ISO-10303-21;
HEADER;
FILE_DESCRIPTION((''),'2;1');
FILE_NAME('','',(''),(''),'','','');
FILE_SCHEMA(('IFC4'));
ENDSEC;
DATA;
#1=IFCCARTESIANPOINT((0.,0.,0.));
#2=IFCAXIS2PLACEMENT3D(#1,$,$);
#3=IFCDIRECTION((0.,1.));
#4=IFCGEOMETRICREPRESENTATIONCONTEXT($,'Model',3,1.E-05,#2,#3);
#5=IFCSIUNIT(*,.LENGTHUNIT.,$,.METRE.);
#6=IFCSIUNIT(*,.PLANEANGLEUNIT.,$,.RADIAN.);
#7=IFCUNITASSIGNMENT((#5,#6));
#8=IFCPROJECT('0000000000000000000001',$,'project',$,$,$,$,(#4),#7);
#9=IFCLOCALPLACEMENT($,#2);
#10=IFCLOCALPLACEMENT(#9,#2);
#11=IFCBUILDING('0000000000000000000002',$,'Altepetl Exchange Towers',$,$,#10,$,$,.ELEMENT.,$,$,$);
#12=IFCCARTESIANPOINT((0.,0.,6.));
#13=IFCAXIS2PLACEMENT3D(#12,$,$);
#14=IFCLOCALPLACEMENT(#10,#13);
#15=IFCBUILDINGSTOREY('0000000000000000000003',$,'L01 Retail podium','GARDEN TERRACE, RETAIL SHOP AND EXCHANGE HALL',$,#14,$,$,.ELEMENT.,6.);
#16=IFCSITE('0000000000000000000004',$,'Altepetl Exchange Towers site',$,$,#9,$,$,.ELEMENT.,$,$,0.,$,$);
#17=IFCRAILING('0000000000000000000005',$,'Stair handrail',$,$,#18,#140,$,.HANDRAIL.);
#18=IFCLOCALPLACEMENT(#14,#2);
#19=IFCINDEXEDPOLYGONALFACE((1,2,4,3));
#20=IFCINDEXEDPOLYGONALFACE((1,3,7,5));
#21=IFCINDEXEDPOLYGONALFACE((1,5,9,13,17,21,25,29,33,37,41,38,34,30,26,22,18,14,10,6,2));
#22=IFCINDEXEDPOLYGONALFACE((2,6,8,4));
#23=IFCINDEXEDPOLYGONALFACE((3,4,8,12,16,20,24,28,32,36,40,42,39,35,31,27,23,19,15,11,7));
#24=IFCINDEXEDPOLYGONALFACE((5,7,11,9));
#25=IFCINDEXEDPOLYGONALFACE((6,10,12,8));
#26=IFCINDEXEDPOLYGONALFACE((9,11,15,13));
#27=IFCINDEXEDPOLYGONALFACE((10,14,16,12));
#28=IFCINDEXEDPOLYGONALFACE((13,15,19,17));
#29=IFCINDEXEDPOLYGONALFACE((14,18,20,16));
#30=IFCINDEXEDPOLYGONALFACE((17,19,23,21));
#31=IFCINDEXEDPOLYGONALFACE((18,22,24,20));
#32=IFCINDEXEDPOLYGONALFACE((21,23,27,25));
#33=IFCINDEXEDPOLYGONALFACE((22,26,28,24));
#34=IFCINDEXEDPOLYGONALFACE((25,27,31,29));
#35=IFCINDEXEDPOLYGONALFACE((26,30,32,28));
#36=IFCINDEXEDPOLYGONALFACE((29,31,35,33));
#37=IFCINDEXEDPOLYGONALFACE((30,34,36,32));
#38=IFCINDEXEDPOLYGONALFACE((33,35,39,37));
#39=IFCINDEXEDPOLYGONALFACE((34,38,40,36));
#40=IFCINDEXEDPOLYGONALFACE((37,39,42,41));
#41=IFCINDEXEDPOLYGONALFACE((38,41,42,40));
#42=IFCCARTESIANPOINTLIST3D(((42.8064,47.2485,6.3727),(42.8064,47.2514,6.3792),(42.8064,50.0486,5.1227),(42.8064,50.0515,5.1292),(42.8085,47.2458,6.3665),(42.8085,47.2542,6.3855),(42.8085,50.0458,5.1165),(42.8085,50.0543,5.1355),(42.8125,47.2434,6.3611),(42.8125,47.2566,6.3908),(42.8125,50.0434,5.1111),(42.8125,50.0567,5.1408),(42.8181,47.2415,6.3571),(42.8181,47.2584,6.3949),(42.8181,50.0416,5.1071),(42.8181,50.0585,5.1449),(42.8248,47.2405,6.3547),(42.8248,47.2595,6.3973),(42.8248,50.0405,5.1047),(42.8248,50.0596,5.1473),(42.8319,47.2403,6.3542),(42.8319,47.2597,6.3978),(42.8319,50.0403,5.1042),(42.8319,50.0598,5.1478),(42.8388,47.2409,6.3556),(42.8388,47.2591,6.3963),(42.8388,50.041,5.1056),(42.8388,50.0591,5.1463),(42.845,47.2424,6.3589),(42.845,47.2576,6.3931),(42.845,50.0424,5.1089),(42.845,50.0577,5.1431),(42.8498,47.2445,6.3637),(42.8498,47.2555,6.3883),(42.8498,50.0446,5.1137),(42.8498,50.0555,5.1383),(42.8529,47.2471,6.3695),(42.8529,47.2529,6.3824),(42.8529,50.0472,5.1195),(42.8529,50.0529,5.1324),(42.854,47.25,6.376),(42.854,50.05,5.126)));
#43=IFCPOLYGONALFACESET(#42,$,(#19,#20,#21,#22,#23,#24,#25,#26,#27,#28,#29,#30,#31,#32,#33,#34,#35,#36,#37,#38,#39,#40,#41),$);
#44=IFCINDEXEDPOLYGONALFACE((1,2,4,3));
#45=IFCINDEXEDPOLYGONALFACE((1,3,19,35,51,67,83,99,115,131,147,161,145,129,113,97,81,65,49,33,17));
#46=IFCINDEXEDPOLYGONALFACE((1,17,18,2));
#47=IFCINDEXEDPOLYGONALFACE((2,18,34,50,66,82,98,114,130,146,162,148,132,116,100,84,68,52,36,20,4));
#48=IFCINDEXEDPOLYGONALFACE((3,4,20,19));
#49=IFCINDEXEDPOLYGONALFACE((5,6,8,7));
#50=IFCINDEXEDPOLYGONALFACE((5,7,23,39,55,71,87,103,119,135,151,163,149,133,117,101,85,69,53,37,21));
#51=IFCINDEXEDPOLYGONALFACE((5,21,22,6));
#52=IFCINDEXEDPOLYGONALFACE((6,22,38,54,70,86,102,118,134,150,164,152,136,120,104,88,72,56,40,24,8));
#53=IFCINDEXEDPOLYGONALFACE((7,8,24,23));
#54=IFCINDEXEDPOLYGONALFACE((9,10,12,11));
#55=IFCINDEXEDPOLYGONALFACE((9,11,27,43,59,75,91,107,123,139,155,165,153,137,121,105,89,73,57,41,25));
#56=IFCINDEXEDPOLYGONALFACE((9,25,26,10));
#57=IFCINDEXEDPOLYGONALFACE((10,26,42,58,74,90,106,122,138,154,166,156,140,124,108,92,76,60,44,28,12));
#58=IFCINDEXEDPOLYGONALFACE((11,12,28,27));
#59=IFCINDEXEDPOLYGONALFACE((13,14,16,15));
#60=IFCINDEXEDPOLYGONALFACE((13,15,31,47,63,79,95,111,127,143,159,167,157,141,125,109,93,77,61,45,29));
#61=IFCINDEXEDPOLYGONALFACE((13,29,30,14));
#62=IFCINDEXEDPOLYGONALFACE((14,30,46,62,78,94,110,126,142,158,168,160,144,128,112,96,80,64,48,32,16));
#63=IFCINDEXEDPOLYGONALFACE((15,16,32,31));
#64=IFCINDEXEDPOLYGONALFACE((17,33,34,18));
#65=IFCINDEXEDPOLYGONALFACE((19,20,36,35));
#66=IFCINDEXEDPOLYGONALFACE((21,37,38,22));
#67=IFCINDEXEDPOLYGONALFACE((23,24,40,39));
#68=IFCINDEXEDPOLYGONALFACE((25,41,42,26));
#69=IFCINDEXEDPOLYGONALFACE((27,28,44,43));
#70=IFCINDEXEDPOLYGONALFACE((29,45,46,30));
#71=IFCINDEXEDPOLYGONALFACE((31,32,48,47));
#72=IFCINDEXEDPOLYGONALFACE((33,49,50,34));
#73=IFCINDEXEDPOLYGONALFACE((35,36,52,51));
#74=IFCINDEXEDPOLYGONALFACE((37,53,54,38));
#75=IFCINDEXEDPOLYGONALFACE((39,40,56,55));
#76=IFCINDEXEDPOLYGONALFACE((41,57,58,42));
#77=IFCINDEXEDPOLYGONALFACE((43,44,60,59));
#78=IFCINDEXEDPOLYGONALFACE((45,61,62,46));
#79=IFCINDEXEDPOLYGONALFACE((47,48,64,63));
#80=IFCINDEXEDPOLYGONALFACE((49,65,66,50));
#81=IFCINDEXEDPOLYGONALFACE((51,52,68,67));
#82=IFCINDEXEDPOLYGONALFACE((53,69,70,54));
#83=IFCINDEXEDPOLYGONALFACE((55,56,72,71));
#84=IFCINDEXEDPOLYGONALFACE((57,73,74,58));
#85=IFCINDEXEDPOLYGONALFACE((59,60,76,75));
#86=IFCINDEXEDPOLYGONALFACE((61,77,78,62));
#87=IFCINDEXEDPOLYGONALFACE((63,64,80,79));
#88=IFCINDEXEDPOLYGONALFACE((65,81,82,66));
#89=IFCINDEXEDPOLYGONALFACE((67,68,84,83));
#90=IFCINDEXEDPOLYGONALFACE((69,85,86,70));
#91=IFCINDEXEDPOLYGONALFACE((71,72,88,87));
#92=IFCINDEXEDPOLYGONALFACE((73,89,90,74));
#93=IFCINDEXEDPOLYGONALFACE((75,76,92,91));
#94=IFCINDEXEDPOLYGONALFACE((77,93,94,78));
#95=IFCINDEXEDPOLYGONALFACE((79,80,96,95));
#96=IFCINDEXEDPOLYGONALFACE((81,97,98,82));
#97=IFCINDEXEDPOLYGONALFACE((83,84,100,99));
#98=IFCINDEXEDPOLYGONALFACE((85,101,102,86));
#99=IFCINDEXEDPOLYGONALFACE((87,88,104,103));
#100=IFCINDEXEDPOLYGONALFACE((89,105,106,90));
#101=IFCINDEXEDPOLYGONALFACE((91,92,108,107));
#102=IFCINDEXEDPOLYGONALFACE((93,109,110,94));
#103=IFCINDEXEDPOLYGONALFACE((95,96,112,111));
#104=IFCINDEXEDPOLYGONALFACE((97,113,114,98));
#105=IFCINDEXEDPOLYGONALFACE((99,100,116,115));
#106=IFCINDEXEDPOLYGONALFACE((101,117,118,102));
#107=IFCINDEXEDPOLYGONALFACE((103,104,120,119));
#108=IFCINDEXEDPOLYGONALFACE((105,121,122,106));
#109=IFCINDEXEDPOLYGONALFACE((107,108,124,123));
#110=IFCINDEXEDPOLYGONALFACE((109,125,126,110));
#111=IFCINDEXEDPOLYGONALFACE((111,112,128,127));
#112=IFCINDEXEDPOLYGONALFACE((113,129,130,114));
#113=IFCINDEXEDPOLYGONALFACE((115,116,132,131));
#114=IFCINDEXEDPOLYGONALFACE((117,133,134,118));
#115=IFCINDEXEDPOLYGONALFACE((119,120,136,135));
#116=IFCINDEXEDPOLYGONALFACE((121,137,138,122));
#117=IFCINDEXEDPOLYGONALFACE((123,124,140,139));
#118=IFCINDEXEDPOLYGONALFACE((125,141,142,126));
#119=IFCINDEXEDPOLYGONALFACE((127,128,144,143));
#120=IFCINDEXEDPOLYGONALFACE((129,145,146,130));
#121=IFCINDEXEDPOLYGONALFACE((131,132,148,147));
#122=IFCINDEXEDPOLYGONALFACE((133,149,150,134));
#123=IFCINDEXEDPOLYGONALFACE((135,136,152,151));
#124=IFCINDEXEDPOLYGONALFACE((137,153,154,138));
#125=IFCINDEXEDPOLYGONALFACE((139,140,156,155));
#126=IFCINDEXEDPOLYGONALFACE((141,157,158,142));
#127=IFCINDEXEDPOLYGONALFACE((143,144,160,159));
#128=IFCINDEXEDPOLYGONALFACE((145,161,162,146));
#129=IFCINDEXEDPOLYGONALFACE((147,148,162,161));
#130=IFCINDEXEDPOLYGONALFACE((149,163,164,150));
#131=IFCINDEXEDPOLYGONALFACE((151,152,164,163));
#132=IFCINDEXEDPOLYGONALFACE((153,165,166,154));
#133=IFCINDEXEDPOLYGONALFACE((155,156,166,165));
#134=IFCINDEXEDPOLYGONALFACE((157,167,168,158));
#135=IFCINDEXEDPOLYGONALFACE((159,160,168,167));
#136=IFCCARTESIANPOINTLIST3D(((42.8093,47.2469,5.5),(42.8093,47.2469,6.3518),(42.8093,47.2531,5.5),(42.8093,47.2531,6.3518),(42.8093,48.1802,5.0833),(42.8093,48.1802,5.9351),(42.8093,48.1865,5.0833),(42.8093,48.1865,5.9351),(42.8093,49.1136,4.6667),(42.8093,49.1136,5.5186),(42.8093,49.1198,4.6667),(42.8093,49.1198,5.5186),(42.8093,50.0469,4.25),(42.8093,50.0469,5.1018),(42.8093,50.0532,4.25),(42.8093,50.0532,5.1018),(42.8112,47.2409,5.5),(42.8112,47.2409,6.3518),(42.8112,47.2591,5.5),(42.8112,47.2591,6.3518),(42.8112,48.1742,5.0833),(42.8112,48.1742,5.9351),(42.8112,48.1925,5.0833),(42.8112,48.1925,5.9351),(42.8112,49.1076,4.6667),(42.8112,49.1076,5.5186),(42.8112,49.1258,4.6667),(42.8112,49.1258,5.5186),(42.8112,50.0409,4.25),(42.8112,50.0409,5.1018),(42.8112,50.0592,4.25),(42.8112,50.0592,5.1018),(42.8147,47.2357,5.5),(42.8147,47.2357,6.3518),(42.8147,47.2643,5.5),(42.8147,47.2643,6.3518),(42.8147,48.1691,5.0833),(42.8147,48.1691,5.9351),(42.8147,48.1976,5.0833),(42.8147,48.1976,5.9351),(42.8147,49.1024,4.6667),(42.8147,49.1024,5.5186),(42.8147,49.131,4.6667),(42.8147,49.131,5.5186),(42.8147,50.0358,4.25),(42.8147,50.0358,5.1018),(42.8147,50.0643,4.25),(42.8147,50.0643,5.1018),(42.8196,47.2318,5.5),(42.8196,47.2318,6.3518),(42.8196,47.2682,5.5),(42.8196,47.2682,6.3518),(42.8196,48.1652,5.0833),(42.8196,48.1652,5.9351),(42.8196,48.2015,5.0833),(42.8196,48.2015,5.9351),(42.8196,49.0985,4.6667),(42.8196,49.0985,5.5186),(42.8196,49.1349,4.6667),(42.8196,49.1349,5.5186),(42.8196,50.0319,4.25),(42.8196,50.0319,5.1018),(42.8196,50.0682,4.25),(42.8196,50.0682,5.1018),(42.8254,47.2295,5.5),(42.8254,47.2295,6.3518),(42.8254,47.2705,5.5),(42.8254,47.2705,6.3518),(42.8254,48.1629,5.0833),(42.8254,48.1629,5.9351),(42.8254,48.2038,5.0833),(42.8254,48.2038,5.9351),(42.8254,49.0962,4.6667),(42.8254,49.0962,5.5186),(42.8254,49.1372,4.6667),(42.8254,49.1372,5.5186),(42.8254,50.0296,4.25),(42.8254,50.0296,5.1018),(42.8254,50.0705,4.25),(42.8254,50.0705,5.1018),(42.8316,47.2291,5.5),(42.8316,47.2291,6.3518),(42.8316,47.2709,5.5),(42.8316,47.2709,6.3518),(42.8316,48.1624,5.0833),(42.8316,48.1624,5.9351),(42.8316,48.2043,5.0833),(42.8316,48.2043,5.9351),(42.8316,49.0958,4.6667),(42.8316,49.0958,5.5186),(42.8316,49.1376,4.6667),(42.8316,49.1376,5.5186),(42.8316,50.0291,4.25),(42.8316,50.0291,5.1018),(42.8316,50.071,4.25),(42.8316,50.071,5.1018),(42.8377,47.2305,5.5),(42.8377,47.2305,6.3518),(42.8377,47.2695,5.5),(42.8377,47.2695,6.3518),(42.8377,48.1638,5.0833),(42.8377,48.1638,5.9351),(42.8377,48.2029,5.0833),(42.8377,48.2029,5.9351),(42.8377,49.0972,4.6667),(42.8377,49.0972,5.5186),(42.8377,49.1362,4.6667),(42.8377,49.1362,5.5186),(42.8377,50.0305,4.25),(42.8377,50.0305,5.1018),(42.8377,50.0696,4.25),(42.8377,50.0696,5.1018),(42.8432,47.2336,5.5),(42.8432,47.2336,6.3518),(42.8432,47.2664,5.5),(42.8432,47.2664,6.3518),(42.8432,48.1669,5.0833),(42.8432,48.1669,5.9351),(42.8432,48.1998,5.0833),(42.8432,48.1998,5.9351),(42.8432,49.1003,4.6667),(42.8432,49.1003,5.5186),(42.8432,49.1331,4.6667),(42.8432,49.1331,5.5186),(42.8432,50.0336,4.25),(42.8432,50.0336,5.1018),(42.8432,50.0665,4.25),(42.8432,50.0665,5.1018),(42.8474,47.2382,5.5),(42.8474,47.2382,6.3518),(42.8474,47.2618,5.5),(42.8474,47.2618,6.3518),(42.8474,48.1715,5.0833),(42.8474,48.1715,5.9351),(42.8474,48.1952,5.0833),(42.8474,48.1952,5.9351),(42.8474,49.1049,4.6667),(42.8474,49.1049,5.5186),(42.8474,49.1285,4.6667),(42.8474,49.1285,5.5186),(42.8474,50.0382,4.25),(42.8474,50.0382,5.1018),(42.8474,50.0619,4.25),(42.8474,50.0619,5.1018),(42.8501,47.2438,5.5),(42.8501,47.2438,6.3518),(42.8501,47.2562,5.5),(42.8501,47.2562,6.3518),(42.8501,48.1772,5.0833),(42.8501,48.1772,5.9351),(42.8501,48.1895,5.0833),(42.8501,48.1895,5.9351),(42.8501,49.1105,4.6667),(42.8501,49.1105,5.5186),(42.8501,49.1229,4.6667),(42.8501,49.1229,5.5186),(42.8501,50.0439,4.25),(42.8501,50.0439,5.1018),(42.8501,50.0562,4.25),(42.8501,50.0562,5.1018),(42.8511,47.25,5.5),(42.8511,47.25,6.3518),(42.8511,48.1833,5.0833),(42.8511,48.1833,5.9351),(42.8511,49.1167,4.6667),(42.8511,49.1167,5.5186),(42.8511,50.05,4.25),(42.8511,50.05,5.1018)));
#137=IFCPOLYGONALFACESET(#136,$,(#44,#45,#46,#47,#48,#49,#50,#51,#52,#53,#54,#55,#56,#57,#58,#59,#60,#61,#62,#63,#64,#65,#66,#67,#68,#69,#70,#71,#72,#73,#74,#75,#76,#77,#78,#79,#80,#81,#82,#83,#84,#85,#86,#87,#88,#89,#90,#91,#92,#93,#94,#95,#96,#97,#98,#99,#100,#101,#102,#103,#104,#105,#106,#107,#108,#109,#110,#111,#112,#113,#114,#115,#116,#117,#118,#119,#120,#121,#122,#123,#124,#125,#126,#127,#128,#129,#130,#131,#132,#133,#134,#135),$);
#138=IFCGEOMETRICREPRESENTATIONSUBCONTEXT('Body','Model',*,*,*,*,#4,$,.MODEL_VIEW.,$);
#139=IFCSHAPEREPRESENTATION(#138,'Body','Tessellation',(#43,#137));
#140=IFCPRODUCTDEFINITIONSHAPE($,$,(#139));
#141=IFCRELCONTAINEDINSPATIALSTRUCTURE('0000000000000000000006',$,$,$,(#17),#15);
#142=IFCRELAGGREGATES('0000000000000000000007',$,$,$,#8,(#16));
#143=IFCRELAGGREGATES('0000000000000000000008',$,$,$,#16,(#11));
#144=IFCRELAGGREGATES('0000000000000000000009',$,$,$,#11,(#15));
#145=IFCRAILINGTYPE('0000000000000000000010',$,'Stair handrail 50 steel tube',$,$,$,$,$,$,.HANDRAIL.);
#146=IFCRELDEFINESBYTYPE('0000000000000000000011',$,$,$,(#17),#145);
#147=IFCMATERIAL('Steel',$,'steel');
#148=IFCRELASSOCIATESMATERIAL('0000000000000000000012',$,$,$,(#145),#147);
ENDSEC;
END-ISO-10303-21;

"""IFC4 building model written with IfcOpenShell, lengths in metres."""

from ifc_helpers import new_model, si_unit, direction, frame, origin, origin_2d, place, context, subcontext, project, spatial, circle, extrude, source, transform, mapped, material, type_object, element, save


model = new_model("IFC4")

# Units and contexts
model_context = context("Model", 3, precision=1e-05, world=origin(), true_north=direction((0.0, 1.0)))
body_context = subcontext(model_context, "Body", "Model", "MODEL_VIEW")
ifc_project = project(units=[si_unit("LENGTHUNIT", "METRE"), si_unit("PLANEANGLEUNIT", "RADIAN")], contexts=[model_context])

# Site, building, storey
site_placement = place(None, origin())
site = spatial("IfcSite", under=ifc_project, at=site_placement, Name="Altepetl Exchange Towers site", CompositionType="ELEMENT", RefElevation=0.0)
building_placement = place(site_placement, origin())
building = spatial("IfcBuilding", under=site, at=building_placement, Name="Altepetl Exchange Towers", CompositionType="ELEMENT")
storey_placement = place(building_placement, frame((0.0, 0.0, 6.0)))
storey = spatial("IfcBuildingStorey", under=building, at=storey_placement, Name="L01 Retail podium", Description="GARDEN TERRACE, RETAIL SHOP AND EXCHANGE HALL", CompositionType="ELEMENT", Elevation=6.0)

# Railing
ifc_material_1 = material(Name="Steel", Category="steel")
railing_type = type_object("IfcRailingType", Name="Stair handrail 50 steel tube", PredefinedType="HANDRAIL", material=ifc_material_1)
shared_shape = source(origin(), body_context, "Body", "SweptSolid", [
    extrude(circle(Radius=0.021, at=origin_2d()), origin(), (0.0, 0.0, 1.0), 0.8518),
])
railing_1_placement = place(storey_placement, frame((42.8301, 50.05, 4.25)))
element("IfcRailing", 1, at=railing_1_placement, inside=storey, type_object=railing_type, Name="Stair handrail", PredefinedType="HANDRAIL", context=body_context, shape_type="SweptSolid", body=[
    extrude(circle(Radius=0.0239, at=origin_2d()), frame((0.0, 0.0, 0.876), z_axis=(0.0, -0.913141, 0.407645), x_axis=(1.0, 0.0, 0.0)), (0.0, 0.0, 1.0), 3.0664),
    mapped(shared_shape, transform((0.0, 0.0, 0.0))),
    mapped(shared_shape, transform((0.0, -0.9333, 0.4167))),
    mapped(shared_shape, transform((0.0, -1.8667, 0.8333))),
    mapped(shared_shape, transform((0.0, -2.8, 1.25))),
])

save(model, "model.ifc")
